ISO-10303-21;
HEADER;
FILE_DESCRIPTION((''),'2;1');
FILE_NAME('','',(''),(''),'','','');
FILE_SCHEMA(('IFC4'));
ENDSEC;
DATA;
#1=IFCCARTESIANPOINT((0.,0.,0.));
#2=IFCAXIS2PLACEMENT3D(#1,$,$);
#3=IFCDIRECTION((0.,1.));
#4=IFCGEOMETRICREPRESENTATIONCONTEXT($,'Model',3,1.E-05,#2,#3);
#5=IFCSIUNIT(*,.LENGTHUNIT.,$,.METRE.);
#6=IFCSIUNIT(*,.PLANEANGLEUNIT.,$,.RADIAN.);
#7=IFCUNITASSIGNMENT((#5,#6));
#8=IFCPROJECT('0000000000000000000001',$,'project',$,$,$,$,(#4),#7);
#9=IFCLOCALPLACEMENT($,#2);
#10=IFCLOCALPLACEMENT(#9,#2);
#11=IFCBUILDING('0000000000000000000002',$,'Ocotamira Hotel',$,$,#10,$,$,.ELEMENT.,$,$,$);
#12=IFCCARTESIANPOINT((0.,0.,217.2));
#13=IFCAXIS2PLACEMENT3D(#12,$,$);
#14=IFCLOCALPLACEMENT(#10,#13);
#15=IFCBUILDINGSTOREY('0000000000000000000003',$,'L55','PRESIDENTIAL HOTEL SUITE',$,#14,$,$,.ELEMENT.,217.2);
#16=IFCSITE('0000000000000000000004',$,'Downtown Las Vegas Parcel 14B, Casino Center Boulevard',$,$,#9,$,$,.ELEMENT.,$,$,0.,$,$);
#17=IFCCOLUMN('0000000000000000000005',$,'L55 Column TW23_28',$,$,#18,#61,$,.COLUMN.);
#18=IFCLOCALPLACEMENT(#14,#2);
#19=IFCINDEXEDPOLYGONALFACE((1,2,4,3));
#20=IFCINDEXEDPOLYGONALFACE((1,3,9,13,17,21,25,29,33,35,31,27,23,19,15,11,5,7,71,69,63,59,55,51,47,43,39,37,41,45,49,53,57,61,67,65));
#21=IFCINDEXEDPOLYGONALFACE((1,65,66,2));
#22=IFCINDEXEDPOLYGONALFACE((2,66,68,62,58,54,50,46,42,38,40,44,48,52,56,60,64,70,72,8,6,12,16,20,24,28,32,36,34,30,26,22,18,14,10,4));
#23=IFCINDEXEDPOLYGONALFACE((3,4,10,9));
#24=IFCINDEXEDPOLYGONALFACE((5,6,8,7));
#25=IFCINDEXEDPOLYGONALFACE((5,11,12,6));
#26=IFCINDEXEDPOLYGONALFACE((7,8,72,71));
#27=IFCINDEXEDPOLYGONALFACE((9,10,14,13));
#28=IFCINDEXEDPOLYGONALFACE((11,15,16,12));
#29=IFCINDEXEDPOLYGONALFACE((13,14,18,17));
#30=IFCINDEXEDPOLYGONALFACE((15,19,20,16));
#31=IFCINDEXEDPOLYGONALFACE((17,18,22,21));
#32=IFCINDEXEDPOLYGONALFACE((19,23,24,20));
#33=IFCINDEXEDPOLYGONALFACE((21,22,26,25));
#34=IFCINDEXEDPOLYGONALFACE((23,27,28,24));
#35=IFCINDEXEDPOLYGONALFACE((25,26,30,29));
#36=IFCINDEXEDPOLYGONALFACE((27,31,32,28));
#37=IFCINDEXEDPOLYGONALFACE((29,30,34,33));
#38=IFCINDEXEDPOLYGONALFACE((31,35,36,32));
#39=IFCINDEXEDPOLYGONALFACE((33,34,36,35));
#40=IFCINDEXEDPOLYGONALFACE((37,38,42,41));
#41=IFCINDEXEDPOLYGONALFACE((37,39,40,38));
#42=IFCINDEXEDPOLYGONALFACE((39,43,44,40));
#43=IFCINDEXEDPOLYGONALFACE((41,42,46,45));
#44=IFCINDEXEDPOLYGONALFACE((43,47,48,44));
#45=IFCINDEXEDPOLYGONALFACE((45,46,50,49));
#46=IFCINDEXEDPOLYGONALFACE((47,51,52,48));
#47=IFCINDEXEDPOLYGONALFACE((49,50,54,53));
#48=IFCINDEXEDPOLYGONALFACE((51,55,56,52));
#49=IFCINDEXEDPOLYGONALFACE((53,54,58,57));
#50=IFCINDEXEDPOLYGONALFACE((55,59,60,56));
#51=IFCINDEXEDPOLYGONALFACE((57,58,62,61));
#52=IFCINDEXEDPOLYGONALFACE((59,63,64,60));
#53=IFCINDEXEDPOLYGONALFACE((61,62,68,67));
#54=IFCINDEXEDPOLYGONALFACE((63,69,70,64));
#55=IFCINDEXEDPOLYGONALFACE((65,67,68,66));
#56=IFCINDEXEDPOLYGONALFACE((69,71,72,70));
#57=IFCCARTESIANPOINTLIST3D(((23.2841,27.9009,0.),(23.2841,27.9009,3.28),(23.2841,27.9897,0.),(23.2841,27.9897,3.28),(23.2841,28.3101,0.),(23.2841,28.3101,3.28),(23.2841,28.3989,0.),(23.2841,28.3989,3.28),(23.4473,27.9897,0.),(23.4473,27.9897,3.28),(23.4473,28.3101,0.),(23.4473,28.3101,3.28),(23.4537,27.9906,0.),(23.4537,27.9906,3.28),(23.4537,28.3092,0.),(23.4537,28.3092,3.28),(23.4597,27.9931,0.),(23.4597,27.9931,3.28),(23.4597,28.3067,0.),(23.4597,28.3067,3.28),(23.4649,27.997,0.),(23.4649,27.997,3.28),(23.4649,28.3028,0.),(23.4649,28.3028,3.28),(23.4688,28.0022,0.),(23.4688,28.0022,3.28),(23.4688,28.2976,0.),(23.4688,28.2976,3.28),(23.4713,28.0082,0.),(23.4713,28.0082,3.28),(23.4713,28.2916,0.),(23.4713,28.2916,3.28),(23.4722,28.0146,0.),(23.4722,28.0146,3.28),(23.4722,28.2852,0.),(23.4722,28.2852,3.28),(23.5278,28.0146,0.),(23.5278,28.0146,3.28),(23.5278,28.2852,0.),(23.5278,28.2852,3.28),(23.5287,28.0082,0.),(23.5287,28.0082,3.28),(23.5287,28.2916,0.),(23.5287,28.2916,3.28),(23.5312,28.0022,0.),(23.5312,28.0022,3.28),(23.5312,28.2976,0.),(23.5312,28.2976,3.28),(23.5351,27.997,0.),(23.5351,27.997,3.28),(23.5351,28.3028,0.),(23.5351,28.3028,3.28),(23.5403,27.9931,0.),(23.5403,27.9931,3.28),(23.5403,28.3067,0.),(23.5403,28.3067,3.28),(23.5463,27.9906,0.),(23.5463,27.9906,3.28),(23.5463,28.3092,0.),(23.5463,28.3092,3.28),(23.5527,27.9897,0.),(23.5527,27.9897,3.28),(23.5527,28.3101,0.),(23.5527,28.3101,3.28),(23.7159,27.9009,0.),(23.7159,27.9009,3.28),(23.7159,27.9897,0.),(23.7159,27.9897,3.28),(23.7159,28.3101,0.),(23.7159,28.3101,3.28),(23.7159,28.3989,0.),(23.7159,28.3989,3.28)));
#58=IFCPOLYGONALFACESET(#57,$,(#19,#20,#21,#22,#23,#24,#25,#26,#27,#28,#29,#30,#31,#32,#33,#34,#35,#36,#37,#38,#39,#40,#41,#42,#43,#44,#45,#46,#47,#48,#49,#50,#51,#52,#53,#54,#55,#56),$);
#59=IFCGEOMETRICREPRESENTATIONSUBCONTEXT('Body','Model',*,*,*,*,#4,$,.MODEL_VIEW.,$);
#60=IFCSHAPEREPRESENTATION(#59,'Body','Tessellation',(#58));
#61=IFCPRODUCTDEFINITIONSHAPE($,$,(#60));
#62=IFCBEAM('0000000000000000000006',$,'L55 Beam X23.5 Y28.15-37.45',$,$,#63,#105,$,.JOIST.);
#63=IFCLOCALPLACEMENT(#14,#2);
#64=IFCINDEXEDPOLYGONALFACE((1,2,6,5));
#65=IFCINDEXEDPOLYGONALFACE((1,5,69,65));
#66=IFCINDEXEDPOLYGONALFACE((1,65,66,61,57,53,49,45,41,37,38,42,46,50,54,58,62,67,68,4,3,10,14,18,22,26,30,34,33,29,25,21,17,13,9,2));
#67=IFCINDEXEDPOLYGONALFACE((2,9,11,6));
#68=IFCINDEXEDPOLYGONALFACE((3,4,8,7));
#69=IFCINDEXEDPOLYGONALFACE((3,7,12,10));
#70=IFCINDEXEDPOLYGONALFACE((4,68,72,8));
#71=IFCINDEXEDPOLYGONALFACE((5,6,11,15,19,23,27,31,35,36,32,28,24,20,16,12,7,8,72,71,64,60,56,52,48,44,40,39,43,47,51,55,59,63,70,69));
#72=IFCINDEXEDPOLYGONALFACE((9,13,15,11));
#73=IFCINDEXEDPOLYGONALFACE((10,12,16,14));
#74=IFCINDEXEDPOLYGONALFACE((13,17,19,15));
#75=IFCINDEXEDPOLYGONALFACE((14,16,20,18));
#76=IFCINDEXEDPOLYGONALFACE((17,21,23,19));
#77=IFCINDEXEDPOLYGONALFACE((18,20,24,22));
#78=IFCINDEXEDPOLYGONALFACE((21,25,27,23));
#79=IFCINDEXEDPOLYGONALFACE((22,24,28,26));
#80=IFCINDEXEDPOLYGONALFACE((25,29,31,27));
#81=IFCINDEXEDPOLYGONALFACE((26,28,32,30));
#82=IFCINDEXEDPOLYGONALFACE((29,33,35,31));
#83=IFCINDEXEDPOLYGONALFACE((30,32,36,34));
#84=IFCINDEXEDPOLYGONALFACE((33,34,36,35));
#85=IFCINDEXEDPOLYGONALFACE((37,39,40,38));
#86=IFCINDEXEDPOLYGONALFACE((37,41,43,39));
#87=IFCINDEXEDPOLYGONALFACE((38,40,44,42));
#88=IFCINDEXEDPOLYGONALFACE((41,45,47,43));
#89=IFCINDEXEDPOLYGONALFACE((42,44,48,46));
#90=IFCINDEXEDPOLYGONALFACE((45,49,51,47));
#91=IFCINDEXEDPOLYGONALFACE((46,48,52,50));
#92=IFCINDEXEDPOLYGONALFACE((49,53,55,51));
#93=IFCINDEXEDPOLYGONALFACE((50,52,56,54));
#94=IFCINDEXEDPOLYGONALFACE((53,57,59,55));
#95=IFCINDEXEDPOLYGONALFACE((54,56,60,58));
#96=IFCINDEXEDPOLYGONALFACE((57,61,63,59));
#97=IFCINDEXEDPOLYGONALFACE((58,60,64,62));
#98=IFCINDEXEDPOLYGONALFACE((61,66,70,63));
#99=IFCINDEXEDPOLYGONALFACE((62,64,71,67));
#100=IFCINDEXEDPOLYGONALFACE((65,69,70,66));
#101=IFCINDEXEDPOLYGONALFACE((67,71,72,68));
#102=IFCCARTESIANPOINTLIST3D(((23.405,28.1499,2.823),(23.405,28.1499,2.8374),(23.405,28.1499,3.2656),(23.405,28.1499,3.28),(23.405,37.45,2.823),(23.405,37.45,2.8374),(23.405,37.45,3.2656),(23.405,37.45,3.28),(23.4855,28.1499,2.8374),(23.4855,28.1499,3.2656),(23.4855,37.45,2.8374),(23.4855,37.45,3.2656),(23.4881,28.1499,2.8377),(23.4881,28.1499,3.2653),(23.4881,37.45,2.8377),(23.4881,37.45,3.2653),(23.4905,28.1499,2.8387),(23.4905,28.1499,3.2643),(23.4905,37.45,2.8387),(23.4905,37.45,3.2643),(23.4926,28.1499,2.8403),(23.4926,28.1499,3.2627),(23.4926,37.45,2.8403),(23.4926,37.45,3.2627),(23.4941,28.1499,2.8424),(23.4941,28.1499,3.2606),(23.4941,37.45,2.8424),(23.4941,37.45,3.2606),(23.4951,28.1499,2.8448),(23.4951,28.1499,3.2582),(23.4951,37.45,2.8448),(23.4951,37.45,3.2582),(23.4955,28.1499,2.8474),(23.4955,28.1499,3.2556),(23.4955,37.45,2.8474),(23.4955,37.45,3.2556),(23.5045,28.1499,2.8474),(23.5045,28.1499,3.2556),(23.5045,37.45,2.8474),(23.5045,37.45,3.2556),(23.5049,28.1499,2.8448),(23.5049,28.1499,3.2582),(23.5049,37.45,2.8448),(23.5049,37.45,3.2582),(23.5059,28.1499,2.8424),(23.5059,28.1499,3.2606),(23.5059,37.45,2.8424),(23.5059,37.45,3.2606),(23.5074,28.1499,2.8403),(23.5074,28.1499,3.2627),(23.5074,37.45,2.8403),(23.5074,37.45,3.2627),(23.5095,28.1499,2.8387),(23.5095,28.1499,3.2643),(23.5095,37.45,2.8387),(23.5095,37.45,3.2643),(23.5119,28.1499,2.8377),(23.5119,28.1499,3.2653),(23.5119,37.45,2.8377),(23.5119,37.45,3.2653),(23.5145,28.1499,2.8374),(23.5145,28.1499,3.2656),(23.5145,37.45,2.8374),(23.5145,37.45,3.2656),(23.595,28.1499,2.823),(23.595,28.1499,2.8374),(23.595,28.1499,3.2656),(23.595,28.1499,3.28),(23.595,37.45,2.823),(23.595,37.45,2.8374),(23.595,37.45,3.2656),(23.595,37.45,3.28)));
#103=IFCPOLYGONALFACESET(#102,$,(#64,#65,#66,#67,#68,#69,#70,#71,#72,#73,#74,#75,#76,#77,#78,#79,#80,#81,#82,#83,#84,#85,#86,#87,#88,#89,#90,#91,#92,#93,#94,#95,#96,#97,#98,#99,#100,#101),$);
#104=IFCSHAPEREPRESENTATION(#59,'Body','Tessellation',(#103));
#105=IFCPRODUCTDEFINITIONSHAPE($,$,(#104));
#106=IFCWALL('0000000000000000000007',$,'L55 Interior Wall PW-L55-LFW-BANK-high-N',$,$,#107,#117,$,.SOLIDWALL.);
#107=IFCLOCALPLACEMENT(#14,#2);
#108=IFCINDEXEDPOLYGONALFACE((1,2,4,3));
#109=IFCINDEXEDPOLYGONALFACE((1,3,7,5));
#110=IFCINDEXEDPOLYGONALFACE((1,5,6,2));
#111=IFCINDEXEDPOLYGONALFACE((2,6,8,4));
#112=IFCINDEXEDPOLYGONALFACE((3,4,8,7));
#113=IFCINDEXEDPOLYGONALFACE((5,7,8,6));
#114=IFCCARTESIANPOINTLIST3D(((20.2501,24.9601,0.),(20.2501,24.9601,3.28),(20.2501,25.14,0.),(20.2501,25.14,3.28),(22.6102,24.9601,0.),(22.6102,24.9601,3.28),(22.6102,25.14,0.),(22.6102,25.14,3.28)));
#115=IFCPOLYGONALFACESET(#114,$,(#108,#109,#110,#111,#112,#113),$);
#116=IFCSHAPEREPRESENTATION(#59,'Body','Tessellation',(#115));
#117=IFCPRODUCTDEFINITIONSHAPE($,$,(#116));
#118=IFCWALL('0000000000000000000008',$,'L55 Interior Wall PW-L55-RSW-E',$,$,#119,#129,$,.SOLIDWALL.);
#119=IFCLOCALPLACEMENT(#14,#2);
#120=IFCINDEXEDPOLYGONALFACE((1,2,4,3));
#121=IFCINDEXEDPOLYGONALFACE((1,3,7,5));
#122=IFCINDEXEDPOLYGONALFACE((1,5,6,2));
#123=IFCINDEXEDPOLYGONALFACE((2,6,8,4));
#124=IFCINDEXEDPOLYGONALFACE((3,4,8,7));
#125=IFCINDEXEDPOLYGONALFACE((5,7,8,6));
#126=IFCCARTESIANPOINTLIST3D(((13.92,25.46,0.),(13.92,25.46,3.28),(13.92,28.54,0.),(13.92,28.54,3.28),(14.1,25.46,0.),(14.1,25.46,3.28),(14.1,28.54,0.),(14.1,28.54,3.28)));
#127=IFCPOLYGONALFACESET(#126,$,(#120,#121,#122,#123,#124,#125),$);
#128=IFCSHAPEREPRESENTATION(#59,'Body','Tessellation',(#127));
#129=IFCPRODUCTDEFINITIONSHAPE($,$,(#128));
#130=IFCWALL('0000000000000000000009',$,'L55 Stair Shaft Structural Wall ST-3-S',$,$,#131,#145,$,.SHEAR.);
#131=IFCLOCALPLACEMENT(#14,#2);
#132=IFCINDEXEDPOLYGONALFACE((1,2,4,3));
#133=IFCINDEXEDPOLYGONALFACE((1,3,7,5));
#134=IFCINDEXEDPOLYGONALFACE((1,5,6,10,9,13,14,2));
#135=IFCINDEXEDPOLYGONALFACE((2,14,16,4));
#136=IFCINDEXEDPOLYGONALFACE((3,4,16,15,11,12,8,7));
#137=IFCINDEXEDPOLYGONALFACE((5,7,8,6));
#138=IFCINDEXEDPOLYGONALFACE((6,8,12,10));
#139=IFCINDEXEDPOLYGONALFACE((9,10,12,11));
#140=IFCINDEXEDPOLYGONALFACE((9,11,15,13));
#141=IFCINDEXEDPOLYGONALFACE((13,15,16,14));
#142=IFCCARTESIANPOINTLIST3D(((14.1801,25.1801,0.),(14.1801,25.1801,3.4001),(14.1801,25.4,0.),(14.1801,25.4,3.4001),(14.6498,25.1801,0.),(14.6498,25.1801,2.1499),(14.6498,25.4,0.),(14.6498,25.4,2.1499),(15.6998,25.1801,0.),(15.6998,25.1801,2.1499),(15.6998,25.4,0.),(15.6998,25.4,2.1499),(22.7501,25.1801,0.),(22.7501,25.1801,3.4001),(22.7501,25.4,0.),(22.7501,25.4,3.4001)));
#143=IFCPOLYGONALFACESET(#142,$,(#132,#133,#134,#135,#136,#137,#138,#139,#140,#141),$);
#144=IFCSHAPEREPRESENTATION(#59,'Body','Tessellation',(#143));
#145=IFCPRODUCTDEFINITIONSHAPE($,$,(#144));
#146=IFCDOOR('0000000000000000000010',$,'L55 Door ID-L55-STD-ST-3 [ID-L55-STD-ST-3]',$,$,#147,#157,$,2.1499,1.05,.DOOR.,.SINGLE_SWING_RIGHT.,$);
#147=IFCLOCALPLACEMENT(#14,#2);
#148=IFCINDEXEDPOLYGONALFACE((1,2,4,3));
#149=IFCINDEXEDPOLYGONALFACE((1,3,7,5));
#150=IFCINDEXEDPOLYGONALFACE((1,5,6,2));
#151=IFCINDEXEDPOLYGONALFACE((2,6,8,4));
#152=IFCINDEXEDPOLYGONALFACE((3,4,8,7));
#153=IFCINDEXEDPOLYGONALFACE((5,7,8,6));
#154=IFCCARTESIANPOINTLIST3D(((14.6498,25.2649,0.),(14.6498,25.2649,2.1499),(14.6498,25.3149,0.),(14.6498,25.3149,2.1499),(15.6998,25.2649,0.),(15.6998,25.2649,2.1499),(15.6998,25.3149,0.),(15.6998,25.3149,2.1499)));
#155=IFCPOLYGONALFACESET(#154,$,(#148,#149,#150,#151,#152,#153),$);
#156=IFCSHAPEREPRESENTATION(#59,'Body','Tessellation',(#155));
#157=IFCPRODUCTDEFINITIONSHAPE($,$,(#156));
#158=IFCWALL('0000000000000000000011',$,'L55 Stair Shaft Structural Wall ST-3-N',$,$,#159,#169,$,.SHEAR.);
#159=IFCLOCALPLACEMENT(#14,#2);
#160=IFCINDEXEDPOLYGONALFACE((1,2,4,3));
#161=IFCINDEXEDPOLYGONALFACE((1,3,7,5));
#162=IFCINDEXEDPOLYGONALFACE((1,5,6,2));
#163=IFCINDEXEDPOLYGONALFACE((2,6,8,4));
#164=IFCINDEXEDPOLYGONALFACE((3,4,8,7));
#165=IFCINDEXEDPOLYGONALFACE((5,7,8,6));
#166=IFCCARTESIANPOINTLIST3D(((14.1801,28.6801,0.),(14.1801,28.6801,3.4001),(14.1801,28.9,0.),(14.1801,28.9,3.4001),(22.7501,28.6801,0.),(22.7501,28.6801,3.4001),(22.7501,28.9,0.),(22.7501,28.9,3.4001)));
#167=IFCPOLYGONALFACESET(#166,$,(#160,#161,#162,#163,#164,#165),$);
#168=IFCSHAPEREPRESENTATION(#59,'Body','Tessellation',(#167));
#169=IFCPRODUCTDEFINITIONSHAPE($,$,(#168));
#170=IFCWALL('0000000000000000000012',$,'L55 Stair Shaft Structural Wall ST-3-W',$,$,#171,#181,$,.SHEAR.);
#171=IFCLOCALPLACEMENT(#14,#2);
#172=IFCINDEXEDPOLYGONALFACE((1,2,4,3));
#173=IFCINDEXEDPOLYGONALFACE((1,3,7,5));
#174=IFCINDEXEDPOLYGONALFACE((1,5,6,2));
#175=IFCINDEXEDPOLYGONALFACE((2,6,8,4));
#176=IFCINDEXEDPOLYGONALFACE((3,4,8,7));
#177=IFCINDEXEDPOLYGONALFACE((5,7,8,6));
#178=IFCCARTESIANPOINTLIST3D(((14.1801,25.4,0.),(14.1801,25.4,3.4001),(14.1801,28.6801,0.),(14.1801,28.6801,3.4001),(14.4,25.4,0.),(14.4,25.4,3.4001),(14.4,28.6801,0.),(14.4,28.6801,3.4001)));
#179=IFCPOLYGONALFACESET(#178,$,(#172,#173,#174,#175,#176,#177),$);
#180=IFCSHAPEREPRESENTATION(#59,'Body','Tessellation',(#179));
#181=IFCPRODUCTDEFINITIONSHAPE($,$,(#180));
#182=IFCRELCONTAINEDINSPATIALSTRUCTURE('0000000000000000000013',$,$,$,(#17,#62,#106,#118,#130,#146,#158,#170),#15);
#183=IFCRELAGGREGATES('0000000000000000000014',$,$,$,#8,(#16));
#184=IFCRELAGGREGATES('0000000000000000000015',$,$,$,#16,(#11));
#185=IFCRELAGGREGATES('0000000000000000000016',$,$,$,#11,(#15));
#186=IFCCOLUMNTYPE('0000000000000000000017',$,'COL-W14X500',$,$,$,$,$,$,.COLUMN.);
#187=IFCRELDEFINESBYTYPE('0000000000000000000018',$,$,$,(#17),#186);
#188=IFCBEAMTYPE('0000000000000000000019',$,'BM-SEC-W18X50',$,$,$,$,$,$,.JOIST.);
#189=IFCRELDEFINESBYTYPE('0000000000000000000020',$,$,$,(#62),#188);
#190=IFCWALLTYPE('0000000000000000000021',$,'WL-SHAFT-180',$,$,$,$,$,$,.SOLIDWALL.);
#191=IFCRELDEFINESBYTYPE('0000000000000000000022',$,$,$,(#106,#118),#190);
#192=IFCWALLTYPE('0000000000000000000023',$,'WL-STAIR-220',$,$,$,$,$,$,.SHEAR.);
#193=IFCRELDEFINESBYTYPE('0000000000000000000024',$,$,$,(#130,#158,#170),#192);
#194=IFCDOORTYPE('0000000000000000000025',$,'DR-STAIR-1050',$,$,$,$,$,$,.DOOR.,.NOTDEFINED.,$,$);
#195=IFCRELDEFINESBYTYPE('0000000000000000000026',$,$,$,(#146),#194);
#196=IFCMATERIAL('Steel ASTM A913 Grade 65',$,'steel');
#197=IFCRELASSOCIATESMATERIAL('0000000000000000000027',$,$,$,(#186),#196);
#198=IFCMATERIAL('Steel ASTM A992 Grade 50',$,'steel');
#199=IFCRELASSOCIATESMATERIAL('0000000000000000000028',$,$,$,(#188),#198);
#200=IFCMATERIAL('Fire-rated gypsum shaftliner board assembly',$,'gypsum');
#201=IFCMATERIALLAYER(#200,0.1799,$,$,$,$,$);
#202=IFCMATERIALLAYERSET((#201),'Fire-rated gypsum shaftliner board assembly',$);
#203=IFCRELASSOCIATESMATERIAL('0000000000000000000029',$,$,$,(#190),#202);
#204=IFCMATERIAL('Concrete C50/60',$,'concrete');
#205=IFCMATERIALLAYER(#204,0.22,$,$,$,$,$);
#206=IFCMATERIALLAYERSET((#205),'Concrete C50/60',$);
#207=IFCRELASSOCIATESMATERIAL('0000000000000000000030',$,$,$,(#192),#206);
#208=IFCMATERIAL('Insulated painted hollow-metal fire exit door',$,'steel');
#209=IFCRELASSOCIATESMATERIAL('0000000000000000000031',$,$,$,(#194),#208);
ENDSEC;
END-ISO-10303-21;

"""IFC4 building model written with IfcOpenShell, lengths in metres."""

from ifc_helpers import new_model, si_unit, direction, frame, frame_2d, origin, origin_2d, place, context, subcontext, project, spatial, rectangle, i_section, extrude, source, transform, mapped, material, layer, layer_set, material_profile, profile_set, type_object, element, fill, save


model = new_model("IFC4")

# Units and contexts
model_context = context("Model", 3, precision=1e-05, world=origin(), true_north=direction((0.0, 1.0)))
body_context = subcontext(model_context, "Body", "Model", "MODEL_VIEW")
ifc_project = project(units=[si_unit("LENGTHUNIT", "METRE"), si_unit("PLANEANGLEUNIT", "RADIAN")], contexts=[model_context])

# Site, building, storey
site_placement = place(None, origin())
site = spatial("IfcSite", under=ifc_project, at=site_placement, Name="Downtown Las Vegas Parcel 14B, Casino Center Boulevard", CompositionType="ELEMENT", RefElevation=0.0)
building_placement = place(site_placement, origin())
building = spatial("IfcBuilding", under=site, at=building_placement, Name="Ocotamira Hotel", CompositionType="ELEMENT")
storey_placement = place(building_placement, frame((0.0, 0.0, 217.2)))
storey = spatial("IfcBuildingStorey", under=building, at=storey_placement, Name="L55", Description="PRESIDENTIAL HOTEL SUITE", CompositionType="ELEMENT", Elevation=217.2)

# Column
ifc_material_1 = material(Name="Steel ASTM A913 Grade 65", Category="steel")
ifc_material_profile_1 = material_profile(ifc_material_1, i_section(OverallWidth=0.4319, OverallDepth=0.498, WebThickness=0.0557, FlangeThickness=0.0889, FilletRadius=0.0249, at=origin_2d()), Name="W14X500")
ifc_profile_set_1 = profile_set([ifc_material_profile_1], Name="Steel ASTM A913 Grade 65")
column_type = type_object("IfcColumnType", Name="COL-W14X500", PredefinedType="COLUMN", material=ifc_profile_set_1)
shared_shape_1 = source(origin(), body_context, "Body", "SweptSolid", [
    extrude(i_section(OverallWidth=0.4319, OverallDepth=0.498, WebThickness=0.0557, FlangeThickness=0.0889, FilletRadius=0.0249, at=origin_2d()), origin(), (0.0, 0.0, 1.0), 3.28),
])
column_placement = place(storey_placement, frame((23.5, 28.1499, 0.0), z_axis=(0.0, 0.0, 1.0), x_axis=(1.0, 0.0, 0.0)))
element("IfcColumn", 1, at=column_placement, inside=storey, type_object=column_type, Name="L55 Column TW23_28", PredefinedType="COLUMN", context=body_context, shape_type="MappedRepresentation", body=[
    mapped(shared_shape_1, transform((0.0, 0.0, 0.0), scale=1.0)),
])

# Beam
ifc_material_2 = material(Name="Steel ASTM A992 Grade 50", Category="steel")
ifc_material_profile_2 = material_profile(ifc_material_2, i_section(OverallWidth=0.1899, OverallDepth=0.457, WebThickness=0.009, FlangeThickness=0.0144, FilletRadius=0.01, at=origin_2d()), Name="W18X50")
ifc_profile_set_2 = profile_set([ifc_material_profile_2], Name="Steel ASTM A992 Grade 50")
beam_type = type_object("IfcBeamType", Name="BM-SEC-W18X50", PredefinedType="JOIST", material=ifc_profile_set_2)
shared_shape_2 = source(origin(), body_context, "Body", "SweptSolid", [
    extrude(i_section(OverallWidth=0.1899, OverallDepth=0.457, WebThickness=0.009, FlangeThickness=0.0144, FilletRadius=0.01, at=origin_2d()), origin(), (0.0, 0.0, 1.0), 9.3),
])
beam_placement = place(storey_placement, frame((23.5, 28.1499, 3.0515), z_axis=(0.0, 1.0, 0.0), x_axis=(-1.0, 0.0, 0.0)))
element("IfcBeam", 2, at=beam_placement, inside=storey, type_object=beam_type, Name="L55 Beam X23.5 Y28.15-37.45", PredefinedType="JOIST", context=body_context, shape_type="MappedRepresentation", body=[
    mapped(shared_shape_2, transform((0.0, 0.0, 0.0), scale=1.0)),
])

# Walls
ifc_material_3 = material(Name="Fire-rated gypsum shaftliner board assembly", Category="gypsum")
ifc_layer_1 = layer(ifc_material_3, 0.1799)
ifc_layer_set_1 = layer_set([ifc_layer_1], Name="Fire-rated gypsum shaftliner board assembly")
wall_type_1 = type_object("IfcWallType", Name="WL-SHAFT-180", PredefinedType="SOLIDWALL", material=ifc_layer_set_1)
wall_1_placement = place(storey_placement, frame((20.25, 25.05, 0.0), z_axis=(0.0, 0.0, 1.0), x_axis=(1.0, 0.0, 0.0)))
element("IfcWall", 3, at=wall_1_placement, inside=storey, type_object=wall_type_1, Name="L55 Interior Wall PW-L55-LFW-BANK-high-N", PredefinedType="SOLIDWALL", context=body_context, shape_type="SweptSolid", body=[
    extrude(rectangle(XDim=2.3601, YDim=0.1799, at=frame_2d((1.1802, 0.0))), origin(), (0.0, 0.0, 1.0), 3.28),
])
wall_2_placement = place(storey_placement, frame((14.01, 25.46, 0.0), z_axis=(0.0, 0.0, 1.0), x_axis=(0.0, 1.0, 0.0)))
element("IfcWall", 4, at=wall_2_placement, inside=storey, type_object=wall_type_1, Name="L55 Interior Wall PW-L55-RSW-E", PredefinedType="SOLIDWALL", context=body_context, shape_type="SweptSolid", body=[
    extrude(rectangle(XDim=3.0801, YDim=0.1799, at=frame_2d((1.54, 0.0))), origin(), (0.0, 0.0, 1.0), 3.28),
])

# Wall, opening, door
ifc_material_4 = material(Name="Concrete C50/60", Category="concrete")
ifc_layer_2 = layer(ifc_material_4, 0.22)
ifc_layer_set_2 = layer_set([ifc_layer_2], Name="Concrete C50/60")
wall_type_2 = type_object("IfcWallType", Name="WL-STAIR-220", PredefinedType="SHEAR", material=ifc_layer_set_2)
wall_3_placement = place(storey_placement, frame((14.1799, 25.29, 0.0), z_axis=(0.0, 0.0, 1.0), x_axis=(1.0, 0.0, 0.0)))
wall_3 = element("IfcWall", 5, at=wall_3_placement, inside=storey, type_object=wall_type_2, Name="L55 Stair Shaft Structural Wall ST-3-S", PredefinedType="SHEAR", context=body_context, shape_type="SweptSolid", body=[
    extrude(rectangle(XDim=8.5701, YDim=0.22, at=frame_2d((4.2852, 0.0))), origin(), (0.0, 0.0, 1.0), 3.4001),
])
opening_placement = place(wall_3_placement, frame((0.47, 0.0, 0.0)))
opening = element("IfcOpeningElement", 6, at=opening_placement, cuts=wall_3, PredefinedType="OPENING", context=body_context, shape_type="SweptSolid", body=[
    extrude(rectangle(XDim=1.05, YDim=2.1499, at=frame_2d((0.5249, 1.075))), frame((0.0, 0.1201, 0.0), z_axis=(0.0, -1.0, 0.0), x_axis=(1.0, 0.0, 0.0)), (0.0, 0.0, 1.0), 0.24),
])
ifc_material_5 = material(Name="Insulated painted hollow-metal fire exit door", Category="steel")
door_type = type_object("IfcDoorType", Name="DR-STAIR-1050", OperationType="NOTDEFINED", PredefinedType="DOOR", material=ifc_material_5)
shared_shape_3 = source(origin(), body_context, "Body", "SweptSolid", [
    extrude(rectangle(XDim=1.05, YDim=2.1499, at=frame_2d((0.5249, 1.075))), frame((0.0, 0.0249, 0.0), z_axis=(0.0, -1.0, 0.0), x_axis=(1.0, 0.0, 0.0)), (0.0, 0.0, 1.0), 0.05),
])
door_placement = place(opening_placement, origin())
door = element("IfcDoor", 7, at=door_placement, inside=storey, type_object=door_type, Name="L55 Door ID-L55-STD-ST-3 [ID-L55-STD-ST-3]", OperationType="SINGLE_SWING_RIGHT", OverallHeight=2.1499, OverallWidth=1.05, PredefinedType="DOOR", context=body_context, shape_type="MappedRepresentation", body=[
    mapped(shared_shape_3, transform((0.0, 0.0, 0.0), scale=1.0)),
])
fill(opening, door)

# Walls
wall_4_placement = place(storey_placement, frame((14.1799, 28.79, 0.0), z_axis=(0.0, 0.0, 1.0), x_axis=(1.0, 0.0, 0.0)))
element("IfcWall", 8, at=wall_4_placement, inside=storey, type_object=wall_type_2, Name="L55 Stair Shaft Structural Wall ST-3-N", PredefinedType="SHEAR", context=body_context, shape_type="SweptSolid", body=[
    extrude(rectangle(XDim=8.5701, YDim=0.22, at=frame_2d((4.2852, 0.0))), origin(), (0.0, 0.0, 1.0), 3.4001),
])
for number, where, z_axis, x_axis, name in (
    (9, (14.29, 25.3999, 0.0), (0.0, 0.0, 1.0), (0.0, 1.0, 0.0), "L55 Stair Shaft Structural Wall ST-3-W"),
):
    element("IfcWall", number, at=place(storey_placement, frame(where, z_axis=z_axis, x_axis=x_axis)), inside=storey, type_object=wall_type_2, Name=name, PredefinedType="SHEAR", context=body_context, shape_type="SweptSolid", body=[
        extrude(rectangle(XDim=3.28, YDim=0.22, at=frame_2d((1.6401, 0.0))), origin(), (0.0, 0.0, 1.0), 3.4001),
    ])

save(model, "model.ifc")
